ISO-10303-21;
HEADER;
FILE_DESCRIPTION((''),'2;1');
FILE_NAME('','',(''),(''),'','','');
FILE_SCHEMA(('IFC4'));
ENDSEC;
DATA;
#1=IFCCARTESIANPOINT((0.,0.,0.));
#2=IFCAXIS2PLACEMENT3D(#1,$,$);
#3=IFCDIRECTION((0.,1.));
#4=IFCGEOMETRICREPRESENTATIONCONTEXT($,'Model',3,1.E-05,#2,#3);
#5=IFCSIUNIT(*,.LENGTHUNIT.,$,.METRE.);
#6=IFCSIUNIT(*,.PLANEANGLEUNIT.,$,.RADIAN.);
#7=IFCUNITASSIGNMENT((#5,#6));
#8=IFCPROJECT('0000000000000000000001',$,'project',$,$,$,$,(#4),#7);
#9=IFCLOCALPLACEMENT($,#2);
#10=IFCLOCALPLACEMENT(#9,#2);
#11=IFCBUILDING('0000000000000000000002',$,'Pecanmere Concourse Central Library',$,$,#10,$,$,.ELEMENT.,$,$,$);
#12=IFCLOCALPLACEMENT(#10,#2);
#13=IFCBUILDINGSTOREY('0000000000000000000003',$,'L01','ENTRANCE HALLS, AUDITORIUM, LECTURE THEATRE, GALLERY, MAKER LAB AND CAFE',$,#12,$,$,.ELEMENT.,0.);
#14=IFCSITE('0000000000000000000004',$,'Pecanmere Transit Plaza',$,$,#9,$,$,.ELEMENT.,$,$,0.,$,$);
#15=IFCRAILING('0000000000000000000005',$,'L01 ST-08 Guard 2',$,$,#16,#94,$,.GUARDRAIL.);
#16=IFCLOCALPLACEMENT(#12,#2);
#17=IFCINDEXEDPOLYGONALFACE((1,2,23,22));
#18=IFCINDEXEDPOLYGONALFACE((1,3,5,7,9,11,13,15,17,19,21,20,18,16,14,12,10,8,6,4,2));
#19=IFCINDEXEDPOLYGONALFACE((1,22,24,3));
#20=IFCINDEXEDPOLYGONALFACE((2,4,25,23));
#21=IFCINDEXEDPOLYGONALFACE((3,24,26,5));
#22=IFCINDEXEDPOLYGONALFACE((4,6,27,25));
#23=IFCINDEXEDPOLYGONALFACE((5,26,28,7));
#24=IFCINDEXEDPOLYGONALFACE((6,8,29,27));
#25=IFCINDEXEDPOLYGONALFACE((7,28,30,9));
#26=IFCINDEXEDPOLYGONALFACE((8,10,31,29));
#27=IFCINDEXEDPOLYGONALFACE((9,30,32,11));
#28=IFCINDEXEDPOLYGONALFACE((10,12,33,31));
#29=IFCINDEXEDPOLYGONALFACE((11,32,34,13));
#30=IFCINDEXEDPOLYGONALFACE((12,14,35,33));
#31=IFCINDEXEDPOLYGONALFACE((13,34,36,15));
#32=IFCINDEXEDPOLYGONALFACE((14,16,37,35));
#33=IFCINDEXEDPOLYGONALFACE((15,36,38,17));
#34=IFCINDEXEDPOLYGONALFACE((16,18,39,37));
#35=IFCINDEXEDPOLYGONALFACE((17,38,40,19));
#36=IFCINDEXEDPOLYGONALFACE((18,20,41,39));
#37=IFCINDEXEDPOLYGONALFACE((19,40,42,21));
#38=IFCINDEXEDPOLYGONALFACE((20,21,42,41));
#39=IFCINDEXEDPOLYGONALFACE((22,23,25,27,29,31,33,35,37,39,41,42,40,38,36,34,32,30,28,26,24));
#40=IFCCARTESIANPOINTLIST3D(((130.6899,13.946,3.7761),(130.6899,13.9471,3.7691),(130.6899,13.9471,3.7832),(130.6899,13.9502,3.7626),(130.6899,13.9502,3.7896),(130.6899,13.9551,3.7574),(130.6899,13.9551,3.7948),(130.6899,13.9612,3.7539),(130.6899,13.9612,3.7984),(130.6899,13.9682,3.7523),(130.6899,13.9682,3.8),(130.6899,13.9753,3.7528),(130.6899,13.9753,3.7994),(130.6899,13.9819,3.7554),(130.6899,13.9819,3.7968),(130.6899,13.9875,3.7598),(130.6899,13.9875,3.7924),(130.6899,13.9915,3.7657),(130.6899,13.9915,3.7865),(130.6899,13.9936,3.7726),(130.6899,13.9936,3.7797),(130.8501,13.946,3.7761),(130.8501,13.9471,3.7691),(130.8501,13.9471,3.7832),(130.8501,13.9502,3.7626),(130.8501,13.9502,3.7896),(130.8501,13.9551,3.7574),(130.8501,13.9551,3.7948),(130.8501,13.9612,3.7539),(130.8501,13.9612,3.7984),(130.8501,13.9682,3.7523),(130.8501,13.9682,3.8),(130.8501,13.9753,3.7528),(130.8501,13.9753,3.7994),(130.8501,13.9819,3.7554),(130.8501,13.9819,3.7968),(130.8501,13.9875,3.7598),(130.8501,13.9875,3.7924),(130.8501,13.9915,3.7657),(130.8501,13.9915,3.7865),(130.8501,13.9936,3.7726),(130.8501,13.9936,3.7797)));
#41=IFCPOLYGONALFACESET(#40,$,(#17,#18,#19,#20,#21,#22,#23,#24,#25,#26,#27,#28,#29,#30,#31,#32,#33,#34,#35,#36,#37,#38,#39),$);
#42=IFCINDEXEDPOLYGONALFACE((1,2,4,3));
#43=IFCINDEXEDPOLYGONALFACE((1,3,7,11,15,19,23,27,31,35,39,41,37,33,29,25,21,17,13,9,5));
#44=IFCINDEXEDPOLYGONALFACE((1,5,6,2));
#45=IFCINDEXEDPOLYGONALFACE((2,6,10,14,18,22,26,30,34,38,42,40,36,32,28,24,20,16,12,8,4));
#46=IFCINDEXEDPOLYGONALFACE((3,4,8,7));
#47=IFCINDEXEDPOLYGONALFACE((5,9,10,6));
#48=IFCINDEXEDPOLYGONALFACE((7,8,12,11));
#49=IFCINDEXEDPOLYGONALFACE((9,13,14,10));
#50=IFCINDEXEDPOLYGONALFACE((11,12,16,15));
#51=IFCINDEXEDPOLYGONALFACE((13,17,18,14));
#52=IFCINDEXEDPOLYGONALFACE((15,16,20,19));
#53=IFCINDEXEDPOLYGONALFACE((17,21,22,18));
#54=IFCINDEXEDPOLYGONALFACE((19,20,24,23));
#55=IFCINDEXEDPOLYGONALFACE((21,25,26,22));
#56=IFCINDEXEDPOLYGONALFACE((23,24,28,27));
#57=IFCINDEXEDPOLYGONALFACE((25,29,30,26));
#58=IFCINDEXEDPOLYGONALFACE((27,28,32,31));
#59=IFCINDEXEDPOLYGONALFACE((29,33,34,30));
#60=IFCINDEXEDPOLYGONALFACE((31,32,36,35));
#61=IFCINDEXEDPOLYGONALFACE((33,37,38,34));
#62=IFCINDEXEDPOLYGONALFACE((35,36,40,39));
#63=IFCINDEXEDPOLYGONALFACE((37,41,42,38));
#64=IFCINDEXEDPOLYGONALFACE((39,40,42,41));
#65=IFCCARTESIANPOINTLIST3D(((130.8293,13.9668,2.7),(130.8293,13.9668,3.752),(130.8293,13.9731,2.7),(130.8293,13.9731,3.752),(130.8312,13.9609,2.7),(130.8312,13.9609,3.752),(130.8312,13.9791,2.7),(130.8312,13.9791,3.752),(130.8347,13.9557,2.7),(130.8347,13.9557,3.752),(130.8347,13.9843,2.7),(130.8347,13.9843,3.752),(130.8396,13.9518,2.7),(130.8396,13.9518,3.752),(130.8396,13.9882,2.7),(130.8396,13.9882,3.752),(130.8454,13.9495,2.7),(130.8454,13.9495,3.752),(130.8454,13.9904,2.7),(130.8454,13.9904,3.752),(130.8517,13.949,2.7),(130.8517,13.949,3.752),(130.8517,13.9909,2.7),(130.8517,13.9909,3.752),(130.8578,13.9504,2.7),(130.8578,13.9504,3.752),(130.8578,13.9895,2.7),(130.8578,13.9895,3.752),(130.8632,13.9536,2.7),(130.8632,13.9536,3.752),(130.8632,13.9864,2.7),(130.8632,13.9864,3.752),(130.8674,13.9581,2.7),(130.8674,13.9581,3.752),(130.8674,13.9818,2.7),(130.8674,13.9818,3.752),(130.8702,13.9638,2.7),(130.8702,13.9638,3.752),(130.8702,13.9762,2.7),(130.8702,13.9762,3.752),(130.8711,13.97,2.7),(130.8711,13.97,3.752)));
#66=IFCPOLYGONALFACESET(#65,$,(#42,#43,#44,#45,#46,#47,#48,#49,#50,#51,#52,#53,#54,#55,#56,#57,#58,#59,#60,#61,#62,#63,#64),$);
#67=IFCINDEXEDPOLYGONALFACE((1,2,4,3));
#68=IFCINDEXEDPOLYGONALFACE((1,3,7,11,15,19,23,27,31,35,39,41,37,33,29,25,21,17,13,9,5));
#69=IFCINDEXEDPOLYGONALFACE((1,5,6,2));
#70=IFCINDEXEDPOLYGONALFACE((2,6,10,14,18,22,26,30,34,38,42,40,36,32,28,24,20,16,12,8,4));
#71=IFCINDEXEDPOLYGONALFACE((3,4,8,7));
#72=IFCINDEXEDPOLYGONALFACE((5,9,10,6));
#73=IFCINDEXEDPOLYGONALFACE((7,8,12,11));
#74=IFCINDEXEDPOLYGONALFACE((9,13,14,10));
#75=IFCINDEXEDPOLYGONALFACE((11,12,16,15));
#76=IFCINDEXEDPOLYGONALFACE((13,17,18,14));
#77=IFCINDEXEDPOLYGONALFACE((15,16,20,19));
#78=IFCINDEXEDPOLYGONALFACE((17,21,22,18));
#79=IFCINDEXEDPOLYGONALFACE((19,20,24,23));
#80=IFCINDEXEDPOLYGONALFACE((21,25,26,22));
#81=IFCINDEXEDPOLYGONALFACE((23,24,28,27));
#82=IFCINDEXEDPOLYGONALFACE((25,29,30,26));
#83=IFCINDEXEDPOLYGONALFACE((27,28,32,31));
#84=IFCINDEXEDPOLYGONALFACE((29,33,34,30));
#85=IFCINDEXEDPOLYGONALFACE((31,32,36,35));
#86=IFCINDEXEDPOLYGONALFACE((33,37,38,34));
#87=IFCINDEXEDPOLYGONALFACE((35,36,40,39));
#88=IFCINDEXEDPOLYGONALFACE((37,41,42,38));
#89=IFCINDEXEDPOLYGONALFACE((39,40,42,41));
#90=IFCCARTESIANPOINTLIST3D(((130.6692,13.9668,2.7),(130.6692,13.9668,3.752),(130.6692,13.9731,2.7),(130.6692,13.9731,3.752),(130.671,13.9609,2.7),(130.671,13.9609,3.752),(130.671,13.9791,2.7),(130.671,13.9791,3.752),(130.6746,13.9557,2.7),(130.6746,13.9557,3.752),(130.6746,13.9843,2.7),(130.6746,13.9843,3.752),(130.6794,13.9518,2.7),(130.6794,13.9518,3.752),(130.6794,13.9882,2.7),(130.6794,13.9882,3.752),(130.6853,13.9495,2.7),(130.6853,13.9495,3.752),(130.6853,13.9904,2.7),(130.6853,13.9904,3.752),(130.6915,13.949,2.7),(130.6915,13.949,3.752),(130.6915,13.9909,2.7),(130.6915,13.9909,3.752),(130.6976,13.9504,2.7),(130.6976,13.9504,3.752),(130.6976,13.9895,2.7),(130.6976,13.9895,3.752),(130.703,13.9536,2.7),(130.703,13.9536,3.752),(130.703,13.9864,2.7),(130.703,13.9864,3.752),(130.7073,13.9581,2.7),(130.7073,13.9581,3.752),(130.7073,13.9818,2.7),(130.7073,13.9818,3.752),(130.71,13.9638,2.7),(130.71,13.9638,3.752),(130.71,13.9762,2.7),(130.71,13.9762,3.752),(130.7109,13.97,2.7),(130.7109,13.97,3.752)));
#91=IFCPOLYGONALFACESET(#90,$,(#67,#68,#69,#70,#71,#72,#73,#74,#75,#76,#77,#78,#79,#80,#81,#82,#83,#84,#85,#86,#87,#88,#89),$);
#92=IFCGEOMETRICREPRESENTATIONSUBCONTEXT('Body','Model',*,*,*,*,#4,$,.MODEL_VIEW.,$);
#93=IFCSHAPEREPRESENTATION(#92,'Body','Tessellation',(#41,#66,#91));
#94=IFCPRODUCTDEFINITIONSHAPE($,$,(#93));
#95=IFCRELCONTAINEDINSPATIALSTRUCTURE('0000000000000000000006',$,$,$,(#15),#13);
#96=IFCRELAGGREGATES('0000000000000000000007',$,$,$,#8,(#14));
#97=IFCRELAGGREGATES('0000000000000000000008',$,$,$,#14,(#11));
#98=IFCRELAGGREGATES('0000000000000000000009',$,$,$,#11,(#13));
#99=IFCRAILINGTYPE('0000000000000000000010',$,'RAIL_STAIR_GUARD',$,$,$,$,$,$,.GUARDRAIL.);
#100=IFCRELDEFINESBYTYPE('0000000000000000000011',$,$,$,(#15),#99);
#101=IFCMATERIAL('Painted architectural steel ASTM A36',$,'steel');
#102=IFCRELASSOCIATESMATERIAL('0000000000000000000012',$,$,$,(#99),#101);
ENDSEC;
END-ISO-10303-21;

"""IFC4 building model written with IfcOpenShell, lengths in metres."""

from ifc_helpers import new_model, si_unit, direction, frame, origin, origin_2d, place, context, subcontext, project, spatial, circle, extrude, material, type_object, element, save


model = new_model("IFC4")

# Units and contexts
model_context = context("Model", 3, precision=1e-05, world=origin(), true_north=direction((0.0, 1.0)))
body_context = subcontext(model_context, "Body", "Model", "MODEL_VIEW")
ifc_project = project(units=[si_unit("LENGTHUNIT", "METRE"), si_unit("PLANEANGLEUNIT", "RADIAN")], contexts=[model_context])

# Site, building, storey
site_placement = place(None, origin())
site = spatial("IfcSite", under=ifc_project, at=site_placement, Name="Pecanmere Transit Plaza", CompositionType="ELEMENT", RefElevation=0.0)
building_placement = place(site_placement, origin())
building = spatial("IfcBuilding", under=site, at=building_placement, Name="Pecanmere Concourse Central Library", CompositionType="ELEMENT")
storey_placement = place(building_placement, origin())
storey = spatial("IfcBuildingStorey", under=building, at=storey_placement, Name="L01", Description="ENTRANCE HALLS, AUDITORIUM, LECTURE THEATRE, GALLERY, MAKER LAB AND CAFE", CompositionType="ELEMENT", Elevation=0.0)

# Railing
ifc_material_1 = material(Name="Painted architectural steel ASTM A36", Category="steel")
railing_type_1 = type_object("IfcRailingType", Name="RAIL_STAIR_GUARD", PredefinedType="GUARDRAIL", material=ifc_material_1)
railing_1_placement = place(storey_placement, frame((130.8501, 13.97, 2.7)))
element("IfcRailing", 1, at=railing_1_placement, inside=storey, type_object=railing_type_1, Name="L01 ST-08 Guard 2", PredefinedType="GUARDRAIL", context=body_context, shape_type="SweptSolid", body=[
    extrude(circle(Radius=0.0239, at=origin_2d()), frame((0.0, 0.0, 1.0762), z_axis=(-1.0, 0.0, 0.0), x_axis=(0.0, -1.0, 0.0)), (0.0, 0.0, 1.0), 0.1602),
    extrude(circle(Radius=0.021, at=origin_2d()), origin(), (0.0, 0.0, 1.0), 1.052),
    extrude(circle(Radius=0.021, at=origin_2d()), frame((-0.1602, 0.0, 0.0)), (0.0, 0.0, 1.0), 1.052),
])

save(model, "model.ifc")
